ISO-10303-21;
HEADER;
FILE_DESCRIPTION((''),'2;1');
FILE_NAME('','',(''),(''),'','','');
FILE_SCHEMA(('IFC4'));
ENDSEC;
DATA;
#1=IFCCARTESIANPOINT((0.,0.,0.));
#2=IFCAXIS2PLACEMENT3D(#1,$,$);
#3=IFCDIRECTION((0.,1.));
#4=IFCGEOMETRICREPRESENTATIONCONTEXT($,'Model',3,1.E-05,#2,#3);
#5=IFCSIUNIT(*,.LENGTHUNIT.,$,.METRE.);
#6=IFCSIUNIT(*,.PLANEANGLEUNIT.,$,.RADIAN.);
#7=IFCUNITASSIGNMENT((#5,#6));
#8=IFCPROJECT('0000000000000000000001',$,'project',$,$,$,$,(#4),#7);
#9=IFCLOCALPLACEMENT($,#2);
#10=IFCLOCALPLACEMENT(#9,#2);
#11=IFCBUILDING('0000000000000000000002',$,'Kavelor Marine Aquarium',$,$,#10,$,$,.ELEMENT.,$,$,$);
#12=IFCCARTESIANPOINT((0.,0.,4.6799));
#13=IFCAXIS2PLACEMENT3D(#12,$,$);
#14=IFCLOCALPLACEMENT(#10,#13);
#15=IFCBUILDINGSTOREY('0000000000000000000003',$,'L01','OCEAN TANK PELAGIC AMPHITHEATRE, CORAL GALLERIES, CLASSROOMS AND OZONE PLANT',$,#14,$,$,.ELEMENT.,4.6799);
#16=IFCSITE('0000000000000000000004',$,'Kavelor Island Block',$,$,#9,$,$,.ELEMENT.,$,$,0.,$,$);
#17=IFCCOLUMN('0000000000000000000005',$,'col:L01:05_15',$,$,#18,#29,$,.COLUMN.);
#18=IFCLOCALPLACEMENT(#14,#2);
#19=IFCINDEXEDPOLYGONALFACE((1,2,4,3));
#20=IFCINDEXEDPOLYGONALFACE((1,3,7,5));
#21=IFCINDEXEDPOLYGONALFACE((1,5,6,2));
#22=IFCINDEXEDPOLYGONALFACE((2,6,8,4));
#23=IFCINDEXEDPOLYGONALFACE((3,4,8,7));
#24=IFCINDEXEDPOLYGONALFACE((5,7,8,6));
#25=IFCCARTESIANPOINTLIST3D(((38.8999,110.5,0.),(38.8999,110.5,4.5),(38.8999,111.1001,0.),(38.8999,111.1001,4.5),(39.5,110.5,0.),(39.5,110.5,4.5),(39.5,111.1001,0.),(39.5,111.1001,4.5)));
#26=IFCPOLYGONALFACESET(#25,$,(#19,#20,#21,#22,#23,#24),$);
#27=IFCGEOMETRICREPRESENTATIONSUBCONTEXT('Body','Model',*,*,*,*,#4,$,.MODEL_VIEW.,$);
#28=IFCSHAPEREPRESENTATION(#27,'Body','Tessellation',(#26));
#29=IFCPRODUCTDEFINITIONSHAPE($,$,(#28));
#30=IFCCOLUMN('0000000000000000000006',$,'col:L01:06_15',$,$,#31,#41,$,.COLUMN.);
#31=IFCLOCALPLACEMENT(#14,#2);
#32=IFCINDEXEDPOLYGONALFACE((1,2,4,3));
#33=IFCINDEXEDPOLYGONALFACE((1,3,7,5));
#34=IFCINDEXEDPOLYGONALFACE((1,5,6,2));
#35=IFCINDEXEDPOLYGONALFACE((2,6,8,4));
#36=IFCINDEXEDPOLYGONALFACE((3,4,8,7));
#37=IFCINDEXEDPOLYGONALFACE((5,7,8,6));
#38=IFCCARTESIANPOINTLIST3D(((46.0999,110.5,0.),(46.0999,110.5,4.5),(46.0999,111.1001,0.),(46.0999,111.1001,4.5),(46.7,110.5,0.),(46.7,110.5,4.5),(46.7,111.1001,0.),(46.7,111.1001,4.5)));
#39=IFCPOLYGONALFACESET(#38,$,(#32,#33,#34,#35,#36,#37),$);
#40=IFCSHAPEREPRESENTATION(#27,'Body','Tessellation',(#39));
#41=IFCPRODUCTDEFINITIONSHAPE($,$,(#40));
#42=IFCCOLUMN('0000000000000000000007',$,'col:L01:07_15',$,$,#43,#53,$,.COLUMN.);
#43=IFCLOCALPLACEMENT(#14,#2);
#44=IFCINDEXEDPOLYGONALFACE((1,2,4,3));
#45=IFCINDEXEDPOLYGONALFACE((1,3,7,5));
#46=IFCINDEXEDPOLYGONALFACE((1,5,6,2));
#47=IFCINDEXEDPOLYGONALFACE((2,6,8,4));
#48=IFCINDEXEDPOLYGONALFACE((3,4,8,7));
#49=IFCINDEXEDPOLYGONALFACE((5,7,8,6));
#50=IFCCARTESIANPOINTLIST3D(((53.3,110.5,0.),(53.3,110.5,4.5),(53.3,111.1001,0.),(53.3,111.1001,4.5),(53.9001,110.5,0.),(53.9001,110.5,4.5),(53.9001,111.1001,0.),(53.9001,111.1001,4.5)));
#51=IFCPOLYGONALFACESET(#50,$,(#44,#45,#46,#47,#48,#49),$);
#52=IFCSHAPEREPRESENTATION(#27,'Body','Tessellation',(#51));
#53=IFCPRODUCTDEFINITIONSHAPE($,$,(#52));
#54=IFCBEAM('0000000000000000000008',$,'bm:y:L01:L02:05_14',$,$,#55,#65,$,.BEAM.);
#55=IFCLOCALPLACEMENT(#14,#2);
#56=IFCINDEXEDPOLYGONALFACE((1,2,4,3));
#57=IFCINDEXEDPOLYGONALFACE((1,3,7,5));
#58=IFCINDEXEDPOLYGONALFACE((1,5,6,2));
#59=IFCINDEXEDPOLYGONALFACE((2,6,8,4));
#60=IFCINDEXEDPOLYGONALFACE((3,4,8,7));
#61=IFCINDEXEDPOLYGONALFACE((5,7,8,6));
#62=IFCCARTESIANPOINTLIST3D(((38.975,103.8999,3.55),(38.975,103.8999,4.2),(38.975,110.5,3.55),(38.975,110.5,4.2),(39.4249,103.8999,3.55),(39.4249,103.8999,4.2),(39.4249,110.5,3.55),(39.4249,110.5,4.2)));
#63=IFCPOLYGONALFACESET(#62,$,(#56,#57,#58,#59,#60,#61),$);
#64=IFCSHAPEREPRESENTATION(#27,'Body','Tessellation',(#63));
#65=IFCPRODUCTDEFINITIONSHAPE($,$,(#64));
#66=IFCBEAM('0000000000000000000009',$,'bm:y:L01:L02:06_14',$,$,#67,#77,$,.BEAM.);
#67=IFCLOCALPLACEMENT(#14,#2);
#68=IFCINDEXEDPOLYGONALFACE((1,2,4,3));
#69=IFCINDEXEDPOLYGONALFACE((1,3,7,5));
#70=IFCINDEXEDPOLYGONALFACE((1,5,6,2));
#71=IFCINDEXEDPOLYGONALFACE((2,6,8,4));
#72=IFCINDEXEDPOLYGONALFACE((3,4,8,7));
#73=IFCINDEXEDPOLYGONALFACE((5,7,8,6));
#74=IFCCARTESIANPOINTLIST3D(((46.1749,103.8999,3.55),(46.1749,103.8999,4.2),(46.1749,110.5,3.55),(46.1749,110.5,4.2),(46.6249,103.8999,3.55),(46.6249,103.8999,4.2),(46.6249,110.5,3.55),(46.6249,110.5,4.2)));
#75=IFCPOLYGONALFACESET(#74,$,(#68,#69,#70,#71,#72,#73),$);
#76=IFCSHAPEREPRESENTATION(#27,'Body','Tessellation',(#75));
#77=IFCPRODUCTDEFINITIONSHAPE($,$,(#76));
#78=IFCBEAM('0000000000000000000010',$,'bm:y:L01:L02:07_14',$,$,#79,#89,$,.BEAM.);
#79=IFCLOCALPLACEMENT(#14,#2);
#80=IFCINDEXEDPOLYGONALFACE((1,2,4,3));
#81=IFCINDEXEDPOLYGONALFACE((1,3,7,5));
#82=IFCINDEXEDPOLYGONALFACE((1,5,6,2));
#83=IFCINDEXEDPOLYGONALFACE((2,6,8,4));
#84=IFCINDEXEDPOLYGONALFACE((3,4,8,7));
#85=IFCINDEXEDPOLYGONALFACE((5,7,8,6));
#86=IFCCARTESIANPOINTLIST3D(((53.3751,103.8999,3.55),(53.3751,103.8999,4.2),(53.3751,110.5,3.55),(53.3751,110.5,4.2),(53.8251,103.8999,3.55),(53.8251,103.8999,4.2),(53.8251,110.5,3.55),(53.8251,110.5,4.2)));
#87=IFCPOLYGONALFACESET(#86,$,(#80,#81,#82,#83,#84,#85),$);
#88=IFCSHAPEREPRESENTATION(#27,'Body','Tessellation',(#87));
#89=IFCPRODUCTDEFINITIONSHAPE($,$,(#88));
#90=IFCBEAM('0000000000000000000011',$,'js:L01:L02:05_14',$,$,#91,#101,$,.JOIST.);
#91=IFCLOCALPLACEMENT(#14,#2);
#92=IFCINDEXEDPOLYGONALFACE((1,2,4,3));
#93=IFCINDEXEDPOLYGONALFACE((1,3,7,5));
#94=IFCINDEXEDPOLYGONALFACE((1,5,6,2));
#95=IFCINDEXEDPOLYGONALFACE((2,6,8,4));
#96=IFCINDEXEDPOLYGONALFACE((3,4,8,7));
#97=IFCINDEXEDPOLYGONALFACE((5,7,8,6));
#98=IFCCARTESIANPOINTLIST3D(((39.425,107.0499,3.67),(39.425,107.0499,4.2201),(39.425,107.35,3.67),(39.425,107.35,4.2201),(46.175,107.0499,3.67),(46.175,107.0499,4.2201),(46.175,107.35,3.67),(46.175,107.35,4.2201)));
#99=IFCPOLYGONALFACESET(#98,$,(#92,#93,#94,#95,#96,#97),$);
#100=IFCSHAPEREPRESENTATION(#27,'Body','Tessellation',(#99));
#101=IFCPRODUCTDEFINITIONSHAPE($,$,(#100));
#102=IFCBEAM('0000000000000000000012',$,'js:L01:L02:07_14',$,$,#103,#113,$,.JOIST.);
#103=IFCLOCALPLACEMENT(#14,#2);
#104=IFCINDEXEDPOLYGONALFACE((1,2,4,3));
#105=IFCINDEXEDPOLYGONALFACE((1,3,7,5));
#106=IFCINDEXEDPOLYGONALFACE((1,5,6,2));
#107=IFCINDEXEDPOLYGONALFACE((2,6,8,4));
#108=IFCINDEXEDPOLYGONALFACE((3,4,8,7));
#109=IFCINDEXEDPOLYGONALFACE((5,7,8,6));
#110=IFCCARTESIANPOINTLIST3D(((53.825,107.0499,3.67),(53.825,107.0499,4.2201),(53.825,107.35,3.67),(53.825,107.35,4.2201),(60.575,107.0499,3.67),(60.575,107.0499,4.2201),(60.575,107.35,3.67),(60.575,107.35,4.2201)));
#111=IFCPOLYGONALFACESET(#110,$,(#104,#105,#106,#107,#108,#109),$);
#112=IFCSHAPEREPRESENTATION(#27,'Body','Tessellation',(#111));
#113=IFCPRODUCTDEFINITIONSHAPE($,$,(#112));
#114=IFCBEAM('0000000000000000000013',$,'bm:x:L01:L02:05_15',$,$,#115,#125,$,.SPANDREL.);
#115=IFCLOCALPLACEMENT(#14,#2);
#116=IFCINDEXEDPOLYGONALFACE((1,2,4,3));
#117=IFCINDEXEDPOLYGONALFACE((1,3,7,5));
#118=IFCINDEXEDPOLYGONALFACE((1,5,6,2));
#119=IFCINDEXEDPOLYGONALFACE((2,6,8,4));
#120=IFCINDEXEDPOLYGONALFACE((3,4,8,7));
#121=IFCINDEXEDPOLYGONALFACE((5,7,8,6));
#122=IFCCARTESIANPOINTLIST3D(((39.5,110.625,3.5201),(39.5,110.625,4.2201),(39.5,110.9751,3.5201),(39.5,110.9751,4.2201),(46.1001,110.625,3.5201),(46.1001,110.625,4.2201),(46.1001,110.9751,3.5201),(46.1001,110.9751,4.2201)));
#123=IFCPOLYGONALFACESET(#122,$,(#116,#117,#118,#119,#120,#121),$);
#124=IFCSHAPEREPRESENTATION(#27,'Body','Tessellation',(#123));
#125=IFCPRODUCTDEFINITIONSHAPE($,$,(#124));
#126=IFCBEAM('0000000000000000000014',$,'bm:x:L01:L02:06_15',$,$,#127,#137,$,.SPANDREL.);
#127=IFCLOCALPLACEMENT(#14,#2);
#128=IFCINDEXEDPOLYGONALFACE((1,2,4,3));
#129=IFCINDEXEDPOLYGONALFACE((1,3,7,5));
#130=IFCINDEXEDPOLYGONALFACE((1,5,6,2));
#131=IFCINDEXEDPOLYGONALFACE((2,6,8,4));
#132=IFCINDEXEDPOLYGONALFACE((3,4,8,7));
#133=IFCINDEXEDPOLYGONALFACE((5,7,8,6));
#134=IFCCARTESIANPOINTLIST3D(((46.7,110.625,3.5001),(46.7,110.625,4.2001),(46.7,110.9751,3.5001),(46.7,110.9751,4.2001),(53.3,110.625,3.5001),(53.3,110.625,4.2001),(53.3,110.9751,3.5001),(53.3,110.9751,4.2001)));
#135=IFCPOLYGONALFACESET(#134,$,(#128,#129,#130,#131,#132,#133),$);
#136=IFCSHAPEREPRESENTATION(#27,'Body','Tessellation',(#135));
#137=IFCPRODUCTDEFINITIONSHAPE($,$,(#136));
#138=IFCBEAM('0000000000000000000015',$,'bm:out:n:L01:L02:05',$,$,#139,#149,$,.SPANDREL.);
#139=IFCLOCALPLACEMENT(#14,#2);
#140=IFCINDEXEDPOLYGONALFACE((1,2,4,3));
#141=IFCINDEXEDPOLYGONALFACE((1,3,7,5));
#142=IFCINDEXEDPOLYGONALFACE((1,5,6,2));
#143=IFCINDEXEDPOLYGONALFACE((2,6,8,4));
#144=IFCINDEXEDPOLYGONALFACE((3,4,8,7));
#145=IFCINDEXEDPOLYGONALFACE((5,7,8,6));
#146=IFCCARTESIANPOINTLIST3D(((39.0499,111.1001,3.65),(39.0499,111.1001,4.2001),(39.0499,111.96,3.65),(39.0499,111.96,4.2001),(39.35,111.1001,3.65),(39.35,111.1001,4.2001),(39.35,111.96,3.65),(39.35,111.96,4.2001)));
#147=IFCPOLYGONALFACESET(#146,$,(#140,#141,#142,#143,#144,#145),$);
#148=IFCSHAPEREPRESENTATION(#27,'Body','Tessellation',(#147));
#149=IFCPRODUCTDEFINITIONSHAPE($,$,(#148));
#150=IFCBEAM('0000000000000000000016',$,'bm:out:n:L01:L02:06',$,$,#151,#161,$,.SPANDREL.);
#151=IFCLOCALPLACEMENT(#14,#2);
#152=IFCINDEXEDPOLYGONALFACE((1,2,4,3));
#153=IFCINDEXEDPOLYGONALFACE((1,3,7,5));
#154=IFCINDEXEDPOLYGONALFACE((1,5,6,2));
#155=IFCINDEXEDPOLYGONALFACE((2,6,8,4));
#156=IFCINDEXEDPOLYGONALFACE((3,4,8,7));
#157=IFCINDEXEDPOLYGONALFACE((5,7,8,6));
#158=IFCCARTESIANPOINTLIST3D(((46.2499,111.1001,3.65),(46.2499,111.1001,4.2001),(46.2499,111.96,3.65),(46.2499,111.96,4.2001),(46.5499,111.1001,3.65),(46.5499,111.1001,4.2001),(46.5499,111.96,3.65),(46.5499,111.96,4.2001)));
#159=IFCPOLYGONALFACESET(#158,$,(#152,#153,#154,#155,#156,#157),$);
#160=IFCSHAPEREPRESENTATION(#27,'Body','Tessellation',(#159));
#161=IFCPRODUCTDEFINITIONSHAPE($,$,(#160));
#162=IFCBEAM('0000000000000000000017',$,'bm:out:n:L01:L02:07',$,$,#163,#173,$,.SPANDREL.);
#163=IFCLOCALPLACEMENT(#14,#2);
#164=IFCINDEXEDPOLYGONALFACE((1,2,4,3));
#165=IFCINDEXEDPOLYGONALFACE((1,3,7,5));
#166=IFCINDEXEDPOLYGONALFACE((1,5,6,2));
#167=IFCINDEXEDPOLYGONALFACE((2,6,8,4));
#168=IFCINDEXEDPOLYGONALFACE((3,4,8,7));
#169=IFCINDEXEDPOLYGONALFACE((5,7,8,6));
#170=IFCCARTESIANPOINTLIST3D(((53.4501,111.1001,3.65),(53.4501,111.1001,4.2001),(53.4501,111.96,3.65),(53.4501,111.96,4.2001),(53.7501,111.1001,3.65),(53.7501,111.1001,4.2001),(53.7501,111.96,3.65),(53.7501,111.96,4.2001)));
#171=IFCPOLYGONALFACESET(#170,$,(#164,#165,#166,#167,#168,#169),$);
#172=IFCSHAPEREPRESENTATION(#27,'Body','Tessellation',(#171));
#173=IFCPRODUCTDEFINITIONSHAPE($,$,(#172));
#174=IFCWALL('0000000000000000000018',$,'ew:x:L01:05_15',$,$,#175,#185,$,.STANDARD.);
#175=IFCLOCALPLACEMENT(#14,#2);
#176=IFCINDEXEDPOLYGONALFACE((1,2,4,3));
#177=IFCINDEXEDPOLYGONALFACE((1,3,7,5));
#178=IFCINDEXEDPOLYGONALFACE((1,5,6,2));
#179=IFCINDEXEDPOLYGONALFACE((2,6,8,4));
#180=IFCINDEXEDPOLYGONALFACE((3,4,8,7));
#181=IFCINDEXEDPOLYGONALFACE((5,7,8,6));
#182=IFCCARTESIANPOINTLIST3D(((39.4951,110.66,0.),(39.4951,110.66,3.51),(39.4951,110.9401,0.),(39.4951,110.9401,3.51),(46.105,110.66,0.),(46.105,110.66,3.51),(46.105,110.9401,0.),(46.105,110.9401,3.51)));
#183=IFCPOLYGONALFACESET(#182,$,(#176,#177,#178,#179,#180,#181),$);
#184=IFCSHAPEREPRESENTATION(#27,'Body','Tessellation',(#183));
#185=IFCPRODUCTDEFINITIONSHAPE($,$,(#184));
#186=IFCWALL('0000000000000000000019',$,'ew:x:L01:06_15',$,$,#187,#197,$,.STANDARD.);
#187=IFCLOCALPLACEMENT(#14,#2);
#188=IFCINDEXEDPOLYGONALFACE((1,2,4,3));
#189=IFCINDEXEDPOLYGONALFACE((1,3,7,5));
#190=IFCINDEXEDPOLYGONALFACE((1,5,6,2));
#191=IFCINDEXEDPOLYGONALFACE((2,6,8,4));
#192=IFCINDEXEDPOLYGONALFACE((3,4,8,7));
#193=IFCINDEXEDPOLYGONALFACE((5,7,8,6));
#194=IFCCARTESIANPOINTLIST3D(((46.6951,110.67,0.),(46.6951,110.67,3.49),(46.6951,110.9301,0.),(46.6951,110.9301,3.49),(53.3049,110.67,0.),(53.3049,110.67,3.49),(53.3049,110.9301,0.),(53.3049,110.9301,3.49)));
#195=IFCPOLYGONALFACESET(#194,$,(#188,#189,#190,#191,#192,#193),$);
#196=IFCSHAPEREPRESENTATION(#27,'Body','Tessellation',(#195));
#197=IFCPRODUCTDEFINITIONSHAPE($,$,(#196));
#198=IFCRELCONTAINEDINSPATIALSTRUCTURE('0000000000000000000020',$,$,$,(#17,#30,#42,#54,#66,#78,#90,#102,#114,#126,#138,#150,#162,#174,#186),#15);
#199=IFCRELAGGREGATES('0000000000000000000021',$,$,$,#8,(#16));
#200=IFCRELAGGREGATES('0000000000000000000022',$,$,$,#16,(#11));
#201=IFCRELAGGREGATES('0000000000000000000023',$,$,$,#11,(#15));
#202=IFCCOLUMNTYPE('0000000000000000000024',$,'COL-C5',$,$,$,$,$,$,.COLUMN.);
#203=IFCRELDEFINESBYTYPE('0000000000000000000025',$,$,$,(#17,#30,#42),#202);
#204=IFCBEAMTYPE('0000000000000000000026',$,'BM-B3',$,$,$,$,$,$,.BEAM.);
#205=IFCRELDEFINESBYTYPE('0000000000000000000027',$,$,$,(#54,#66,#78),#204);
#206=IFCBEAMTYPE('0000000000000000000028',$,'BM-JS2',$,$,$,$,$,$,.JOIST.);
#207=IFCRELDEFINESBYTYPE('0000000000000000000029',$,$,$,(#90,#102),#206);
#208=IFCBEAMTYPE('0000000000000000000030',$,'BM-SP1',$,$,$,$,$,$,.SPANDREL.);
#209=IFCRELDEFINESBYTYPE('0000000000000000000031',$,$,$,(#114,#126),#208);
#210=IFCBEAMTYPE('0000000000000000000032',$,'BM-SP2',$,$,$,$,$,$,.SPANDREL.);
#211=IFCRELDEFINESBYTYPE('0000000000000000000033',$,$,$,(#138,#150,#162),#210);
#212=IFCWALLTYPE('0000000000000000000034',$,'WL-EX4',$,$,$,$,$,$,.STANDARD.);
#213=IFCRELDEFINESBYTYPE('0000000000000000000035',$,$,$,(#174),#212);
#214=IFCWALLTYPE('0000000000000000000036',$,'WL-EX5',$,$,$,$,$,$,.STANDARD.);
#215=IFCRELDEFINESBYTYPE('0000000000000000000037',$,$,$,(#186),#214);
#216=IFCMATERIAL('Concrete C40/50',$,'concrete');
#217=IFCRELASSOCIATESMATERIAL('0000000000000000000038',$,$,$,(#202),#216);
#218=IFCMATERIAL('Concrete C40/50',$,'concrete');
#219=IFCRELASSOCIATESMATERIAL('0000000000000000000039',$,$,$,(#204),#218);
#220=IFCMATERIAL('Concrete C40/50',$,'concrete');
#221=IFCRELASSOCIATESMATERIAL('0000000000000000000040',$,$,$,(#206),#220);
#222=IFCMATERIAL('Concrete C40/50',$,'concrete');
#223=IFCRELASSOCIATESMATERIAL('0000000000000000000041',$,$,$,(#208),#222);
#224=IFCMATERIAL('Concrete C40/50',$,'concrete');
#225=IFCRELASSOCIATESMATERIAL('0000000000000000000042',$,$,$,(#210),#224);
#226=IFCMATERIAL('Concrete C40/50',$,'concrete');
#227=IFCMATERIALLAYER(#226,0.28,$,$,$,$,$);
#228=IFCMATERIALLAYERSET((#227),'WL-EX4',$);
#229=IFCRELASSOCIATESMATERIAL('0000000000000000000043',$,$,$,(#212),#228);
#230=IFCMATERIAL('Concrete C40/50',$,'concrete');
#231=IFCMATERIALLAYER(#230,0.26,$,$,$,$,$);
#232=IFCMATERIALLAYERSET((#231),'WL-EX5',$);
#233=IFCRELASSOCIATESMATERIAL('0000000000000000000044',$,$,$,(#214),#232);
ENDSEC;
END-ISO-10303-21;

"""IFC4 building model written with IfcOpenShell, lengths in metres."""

from ifc_helpers import new_model, si_unit, direction, frame, frame_2d, origin, origin_2d, place, context, subcontext, project, spatial, rectangle, extrude, material, layer, layer_set, material_profile, profile_set, type_object, element, save


model = new_model("IFC4")

# Units and contexts
model_context = context("Model", 3, precision=1e-05, world=origin(), true_north=direction((0.0, 1.0)))
body_context = subcontext(model_context, "Body", "Model", "MODEL_VIEW")
ifc_project = project(units=[si_unit("LENGTHUNIT", "METRE"), si_unit("PLANEANGLEUNIT", "RADIAN")], contexts=[model_context])

# Site, building, storey
site_placement = place(None, origin())
site = spatial("IfcSite", under=ifc_project, at=site_placement, Name="Kavelor Island Block", CompositionType="ELEMENT", RefElevation=0.0)
building_placement = place(site_placement, origin())
building = spatial("IfcBuilding", under=site, at=building_placement, Name="Kavelor Marine Aquarium", CompositionType="ELEMENT")
storey_placement = place(building_placement, frame((0.0, 0.0, 4.6799)))
storey = spatial("IfcBuildingStorey", under=building, at=storey_placement, Name="L01", Description="OCEAN TANK PELAGIC AMPHITHEATRE, CORAL GALLERIES, CLASSROOMS AND OZONE PLANT", CompositionType="ELEMENT", Elevation=4.6799)

# Columns
ifc_material_1 = material(Name="Concrete C40/50", Category="concrete")
ifc_material_profile_1 = material_profile(ifc_material_1, rectangle(XDim=0.6001, YDim=0.6001, at=origin_2d()), Name="RC-COL 600x600")
ifc_profile_set_1 = profile_set([ifc_material_profile_1], Name="Concrete C40/50")
column_type = type_object("IfcColumnType", Name="COL-C5", PredefinedType="COLUMN", material=ifc_profile_set_1)
for number, where, z_axis, x_axis, name in (
    (1, (39.2, 110.8, 0.0), (0.0, 0.0, 1.0), (1.0, 0.0, 0.0), "col:L01:05_15"),
    (2, (46.3999, 110.8, 0.0), (0.0, 0.0, 1.0), (1.0, 0.0, 0.0), "col:L01:06_15"),
    (3, (53.6001, 110.8, 0.0), (0.0, 0.0, 1.0), (1.0, 0.0, 0.0), "col:L01:07_15"),
):
    element("IfcColumn", number, at=place(storey_placement, frame(where, z_axis=z_axis, x_axis=x_axis)), inside=storey, type_object=column_type, Name=name, PredefinedType="COLUMN", context=body_context, shape_type="SweptSolid", body=[
        extrude(rectangle(XDim=0.6001, YDim=0.6001, at=origin_2d()), origin(), (0.0, 0.0, 1.0), 4.5),
    ])

# Beams
ifc_material_2 = material(Name="Concrete C40/50", Category="concrete")
ifc_material_profile_2 = material_profile(ifc_material_2, rectangle(XDim=0.45, YDim=0.6499, at=origin_2d()), Name="RC-BM 450x650")
ifc_profile_set_2 = profile_set([ifc_material_profile_2], Name="Concrete C40/50")
beam_type_1 = type_object("IfcBeamType", Name="BM-B3", PredefinedType="BEAM", material=ifc_profile_set_2)
for number, where, z_axis, x_axis, name in (
    (4, (39.2, 103.8999, 3.875), (0.0, 1.0, 0.0), (-1.0, 0.0, 0.0), "bm:y:L01:L02:05_14"),
    (5, (46.3999, 103.8999, 3.875), (0.0, 1.0, 0.0), (-1.0, 0.0, 0.0), "bm:y:L01:L02:06_14"),
    (6, (53.6001, 103.8999, 3.875), (0.0, 1.0, 0.0), (-1.0, 0.0, 0.0), "bm:y:L01:L02:07_14"),
):
    element("IfcBeam", number, at=place(storey_placement, frame(where, z_axis=z_axis, x_axis=x_axis)), inside=storey, type_object=beam_type_1, Name=name, PredefinedType="BEAM", context=body_context, shape_type="SweptSolid", body=[
        extrude(rectangle(XDim=0.45, YDim=0.6499, at=origin_2d()), origin(), (0.0, 0.0, 1.0), 6.6001),
    ])
ifc_material_3 = material(Name="Concrete C40/50", Category="concrete")
ifc_material_profile_3 = material_profile(ifc_material_3, rectangle(XDim=0.3, YDim=0.55, at=origin_2d()), Name="RC-JS 300x550")
ifc_profile_set_3 = profile_set([ifc_material_profile_3], Name="Concrete C40/50")
beam_type_2 = type_object("IfcBeamType", Name="BM-JS2", PredefinedType="JOIST", material=ifc_profile_set_3)
for number, where, z_axis, x_axis, name in (
    (7, (39.425, 107.2, 3.9451), (1.0, 0.0, 0.0), (0.0, 1.0, 0.0), "js:L01:L02:05_14"),
    (8, (53.825, 107.2, 3.9451), (1.0, 0.0, 0.0), (0.0, 1.0, 0.0), "js:L01:L02:07_14"),
):
    element("IfcBeam", number, at=place(storey_placement, frame(where, z_axis=z_axis, x_axis=x_axis)), inside=storey, type_object=beam_type_2, Name=name, PredefinedType="JOIST", context=body_context, shape_type="SweptSolid", body=[
        extrude(rectangle(XDim=0.3, YDim=0.55, at=origin_2d()), origin(), (0.0, 0.0, 1.0), 6.75),
    ])
ifc_material_4 = material(Name="Concrete C40/50", Category="concrete")
ifc_material_profile_4 = material_profile(ifc_material_4, rectangle(XDim=0.3501, YDim=0.7, at=origin_2d()), Name="RC-SP 350x700")
ifc_profile_set_4 = profile_set([ifc_material_profile_4], Name="Concrete C40/50")
beam_type_3 = type_object("IfcBeamType", Name="BM-SP1", PredefinedType="SPANDREL", material=ifc_profile_set_4)
for number, where, z_axis, x_axis, name in (
    (9, (39.5, 110.8, 3.8701), (1.0, 0.0, 0.0), (0.0, 1.0, 0.0), "bm:x:L01:L02:05_15"),
    (10, (46.7, 110.8, 3.8501), (1.0, 0.0, 0.0), (0.0, 1.0, 0.0), "bm:x:L01:L02:06_15"),
):
    element("IfcBeam", number, at=place(storey_placement, frame(where, z_axis=z_axis, x_axis=x_axis)), inside=storey, type_object=beam_type_3, Name=name, PredefinedType="SPANDREL", context=body_context, shape_type="SweptSolid", body=[
        extrude(rectangle(XDim=0.3501, YDim=0.7, at=origin_2d()), origin(), (0.0, 0.0, 1.0), 6.6001),
    ])
ifc_material_5 = material(Name="Concrete C40/50", Category="concrete")
ifc_material_profile_5 = material_profile(ifc_material_5, rectangle(XDim=0.3, YDim=0.55, at=origin_2d()), Name="RC-SP 300x550")
ifc_profile_set_5 = profile_set([ifc_material_profile_5], Name="Concrete C40/50")
beam_type_4 = type_object("IfcBeamType", Name="BM-SP2", PredefinedType="SPANDREL", material=ifc_profile_set_5)
for number, where, z_axis, x_axis, name in (
    (11, (39.2, 111.1001, 3.925), (0.0, 1.0, 0.0), (-1.0, 0.0, 0.0), "bm:out:n:L01:L02:05"),
    (12, (46.3999, 111.1001, 3.925), (0.0, 1.0, 0.0), (-1.0, 0.0, 0.0), "bm:out:n:L01:L02:06"),
    (13, (53.6001, 111.1001, 3.925), (0.0, 1.0, 0.0), (-1.0, 0.0, 0.0), "bm:out:n:L01:L02:07"),
):
    element("IfcBeam", number, at=place(storey_placement, frame(where, z_axis=z_axis, x_axis=x_axis)), inside=storey, type_object=beam_type_4, Name=name, PredefinedType="SPANDREL", context=body_context, shape_type="SweptSolid", body=[
        extrude(rectangle(XDim=0.3, YDim=0.55, at=origin_2d()), origin(), (0.0, 0.0, 1.0), 0.8599),
    ])

# Walls
ifc_material_6 = material(Name="Concrete C40/50", Category="concrete")
ifc_layer_1 = layer(ifc_material_6, 0.28)
ifc_layer_set_1 = layer_set([ifc_layer_1], Name="WL-EX4")
wall_type_1 = type_object("IfcWallType", Name="WL-EX4", PredefinedType="STANDARD", material=ifc_layer_set_1)
wall_1_placement = place(storey_placement, frame((39.4951, 110.8, 0.0), z_axis=(0.0, 0.0, 1.0), x_axis=(1.0, 0.0, 0.0)))
element("IfcWall", 14, at=wall_1_placement, inside=storey, type_object=wall_type_1, Name="ew:x:L01:05_15", PredefinedType="STANDARD", context=body_context, shape_type="SweptSolid", body=[
    extrude(rectangle(XDim=6.6099, YDim=0.28, at=frame_2d((3.3049, 0.0))), origin(), (0.0, 0.0, 1.0), 3.51),
])
ifc_material_7 = material(Name="Concrete C40/50", Category="concrete")
ifc_layer_2 = layer(ifc_material_7, 0.26)
ifc_layer_set_2 = layer_set([ifc_layer_2], Name="WL-EX5")
wall_type_2 = type_object("IfcWallType", Name="WL-EX5", PredefinedType="STANDARD", material=ifc_layer_set_2)
wall_2_placement = place(storey_placement, frame((46.6951, 110.8, 0.0), z_axis=(0.0, 0.0, 1.0), x_axis=(1.0, 0.0, 0.0)))
element("IfcWall", 15, at=wall_2_placement, inside=storey, type_object=wall_type_2, Name="ew:x:L01:06_15", PredefinedType="STANDARD", context=body_context, shape_type="SweptSolid", body=[
    extrude(rectangle(XDim=6.6099, YDim=0.26, at=frame_2d((3.3049, 0.0))), origin(), (0.0, 0.0, 1.0), 3.49),
])

save(model, "model.ifc")
